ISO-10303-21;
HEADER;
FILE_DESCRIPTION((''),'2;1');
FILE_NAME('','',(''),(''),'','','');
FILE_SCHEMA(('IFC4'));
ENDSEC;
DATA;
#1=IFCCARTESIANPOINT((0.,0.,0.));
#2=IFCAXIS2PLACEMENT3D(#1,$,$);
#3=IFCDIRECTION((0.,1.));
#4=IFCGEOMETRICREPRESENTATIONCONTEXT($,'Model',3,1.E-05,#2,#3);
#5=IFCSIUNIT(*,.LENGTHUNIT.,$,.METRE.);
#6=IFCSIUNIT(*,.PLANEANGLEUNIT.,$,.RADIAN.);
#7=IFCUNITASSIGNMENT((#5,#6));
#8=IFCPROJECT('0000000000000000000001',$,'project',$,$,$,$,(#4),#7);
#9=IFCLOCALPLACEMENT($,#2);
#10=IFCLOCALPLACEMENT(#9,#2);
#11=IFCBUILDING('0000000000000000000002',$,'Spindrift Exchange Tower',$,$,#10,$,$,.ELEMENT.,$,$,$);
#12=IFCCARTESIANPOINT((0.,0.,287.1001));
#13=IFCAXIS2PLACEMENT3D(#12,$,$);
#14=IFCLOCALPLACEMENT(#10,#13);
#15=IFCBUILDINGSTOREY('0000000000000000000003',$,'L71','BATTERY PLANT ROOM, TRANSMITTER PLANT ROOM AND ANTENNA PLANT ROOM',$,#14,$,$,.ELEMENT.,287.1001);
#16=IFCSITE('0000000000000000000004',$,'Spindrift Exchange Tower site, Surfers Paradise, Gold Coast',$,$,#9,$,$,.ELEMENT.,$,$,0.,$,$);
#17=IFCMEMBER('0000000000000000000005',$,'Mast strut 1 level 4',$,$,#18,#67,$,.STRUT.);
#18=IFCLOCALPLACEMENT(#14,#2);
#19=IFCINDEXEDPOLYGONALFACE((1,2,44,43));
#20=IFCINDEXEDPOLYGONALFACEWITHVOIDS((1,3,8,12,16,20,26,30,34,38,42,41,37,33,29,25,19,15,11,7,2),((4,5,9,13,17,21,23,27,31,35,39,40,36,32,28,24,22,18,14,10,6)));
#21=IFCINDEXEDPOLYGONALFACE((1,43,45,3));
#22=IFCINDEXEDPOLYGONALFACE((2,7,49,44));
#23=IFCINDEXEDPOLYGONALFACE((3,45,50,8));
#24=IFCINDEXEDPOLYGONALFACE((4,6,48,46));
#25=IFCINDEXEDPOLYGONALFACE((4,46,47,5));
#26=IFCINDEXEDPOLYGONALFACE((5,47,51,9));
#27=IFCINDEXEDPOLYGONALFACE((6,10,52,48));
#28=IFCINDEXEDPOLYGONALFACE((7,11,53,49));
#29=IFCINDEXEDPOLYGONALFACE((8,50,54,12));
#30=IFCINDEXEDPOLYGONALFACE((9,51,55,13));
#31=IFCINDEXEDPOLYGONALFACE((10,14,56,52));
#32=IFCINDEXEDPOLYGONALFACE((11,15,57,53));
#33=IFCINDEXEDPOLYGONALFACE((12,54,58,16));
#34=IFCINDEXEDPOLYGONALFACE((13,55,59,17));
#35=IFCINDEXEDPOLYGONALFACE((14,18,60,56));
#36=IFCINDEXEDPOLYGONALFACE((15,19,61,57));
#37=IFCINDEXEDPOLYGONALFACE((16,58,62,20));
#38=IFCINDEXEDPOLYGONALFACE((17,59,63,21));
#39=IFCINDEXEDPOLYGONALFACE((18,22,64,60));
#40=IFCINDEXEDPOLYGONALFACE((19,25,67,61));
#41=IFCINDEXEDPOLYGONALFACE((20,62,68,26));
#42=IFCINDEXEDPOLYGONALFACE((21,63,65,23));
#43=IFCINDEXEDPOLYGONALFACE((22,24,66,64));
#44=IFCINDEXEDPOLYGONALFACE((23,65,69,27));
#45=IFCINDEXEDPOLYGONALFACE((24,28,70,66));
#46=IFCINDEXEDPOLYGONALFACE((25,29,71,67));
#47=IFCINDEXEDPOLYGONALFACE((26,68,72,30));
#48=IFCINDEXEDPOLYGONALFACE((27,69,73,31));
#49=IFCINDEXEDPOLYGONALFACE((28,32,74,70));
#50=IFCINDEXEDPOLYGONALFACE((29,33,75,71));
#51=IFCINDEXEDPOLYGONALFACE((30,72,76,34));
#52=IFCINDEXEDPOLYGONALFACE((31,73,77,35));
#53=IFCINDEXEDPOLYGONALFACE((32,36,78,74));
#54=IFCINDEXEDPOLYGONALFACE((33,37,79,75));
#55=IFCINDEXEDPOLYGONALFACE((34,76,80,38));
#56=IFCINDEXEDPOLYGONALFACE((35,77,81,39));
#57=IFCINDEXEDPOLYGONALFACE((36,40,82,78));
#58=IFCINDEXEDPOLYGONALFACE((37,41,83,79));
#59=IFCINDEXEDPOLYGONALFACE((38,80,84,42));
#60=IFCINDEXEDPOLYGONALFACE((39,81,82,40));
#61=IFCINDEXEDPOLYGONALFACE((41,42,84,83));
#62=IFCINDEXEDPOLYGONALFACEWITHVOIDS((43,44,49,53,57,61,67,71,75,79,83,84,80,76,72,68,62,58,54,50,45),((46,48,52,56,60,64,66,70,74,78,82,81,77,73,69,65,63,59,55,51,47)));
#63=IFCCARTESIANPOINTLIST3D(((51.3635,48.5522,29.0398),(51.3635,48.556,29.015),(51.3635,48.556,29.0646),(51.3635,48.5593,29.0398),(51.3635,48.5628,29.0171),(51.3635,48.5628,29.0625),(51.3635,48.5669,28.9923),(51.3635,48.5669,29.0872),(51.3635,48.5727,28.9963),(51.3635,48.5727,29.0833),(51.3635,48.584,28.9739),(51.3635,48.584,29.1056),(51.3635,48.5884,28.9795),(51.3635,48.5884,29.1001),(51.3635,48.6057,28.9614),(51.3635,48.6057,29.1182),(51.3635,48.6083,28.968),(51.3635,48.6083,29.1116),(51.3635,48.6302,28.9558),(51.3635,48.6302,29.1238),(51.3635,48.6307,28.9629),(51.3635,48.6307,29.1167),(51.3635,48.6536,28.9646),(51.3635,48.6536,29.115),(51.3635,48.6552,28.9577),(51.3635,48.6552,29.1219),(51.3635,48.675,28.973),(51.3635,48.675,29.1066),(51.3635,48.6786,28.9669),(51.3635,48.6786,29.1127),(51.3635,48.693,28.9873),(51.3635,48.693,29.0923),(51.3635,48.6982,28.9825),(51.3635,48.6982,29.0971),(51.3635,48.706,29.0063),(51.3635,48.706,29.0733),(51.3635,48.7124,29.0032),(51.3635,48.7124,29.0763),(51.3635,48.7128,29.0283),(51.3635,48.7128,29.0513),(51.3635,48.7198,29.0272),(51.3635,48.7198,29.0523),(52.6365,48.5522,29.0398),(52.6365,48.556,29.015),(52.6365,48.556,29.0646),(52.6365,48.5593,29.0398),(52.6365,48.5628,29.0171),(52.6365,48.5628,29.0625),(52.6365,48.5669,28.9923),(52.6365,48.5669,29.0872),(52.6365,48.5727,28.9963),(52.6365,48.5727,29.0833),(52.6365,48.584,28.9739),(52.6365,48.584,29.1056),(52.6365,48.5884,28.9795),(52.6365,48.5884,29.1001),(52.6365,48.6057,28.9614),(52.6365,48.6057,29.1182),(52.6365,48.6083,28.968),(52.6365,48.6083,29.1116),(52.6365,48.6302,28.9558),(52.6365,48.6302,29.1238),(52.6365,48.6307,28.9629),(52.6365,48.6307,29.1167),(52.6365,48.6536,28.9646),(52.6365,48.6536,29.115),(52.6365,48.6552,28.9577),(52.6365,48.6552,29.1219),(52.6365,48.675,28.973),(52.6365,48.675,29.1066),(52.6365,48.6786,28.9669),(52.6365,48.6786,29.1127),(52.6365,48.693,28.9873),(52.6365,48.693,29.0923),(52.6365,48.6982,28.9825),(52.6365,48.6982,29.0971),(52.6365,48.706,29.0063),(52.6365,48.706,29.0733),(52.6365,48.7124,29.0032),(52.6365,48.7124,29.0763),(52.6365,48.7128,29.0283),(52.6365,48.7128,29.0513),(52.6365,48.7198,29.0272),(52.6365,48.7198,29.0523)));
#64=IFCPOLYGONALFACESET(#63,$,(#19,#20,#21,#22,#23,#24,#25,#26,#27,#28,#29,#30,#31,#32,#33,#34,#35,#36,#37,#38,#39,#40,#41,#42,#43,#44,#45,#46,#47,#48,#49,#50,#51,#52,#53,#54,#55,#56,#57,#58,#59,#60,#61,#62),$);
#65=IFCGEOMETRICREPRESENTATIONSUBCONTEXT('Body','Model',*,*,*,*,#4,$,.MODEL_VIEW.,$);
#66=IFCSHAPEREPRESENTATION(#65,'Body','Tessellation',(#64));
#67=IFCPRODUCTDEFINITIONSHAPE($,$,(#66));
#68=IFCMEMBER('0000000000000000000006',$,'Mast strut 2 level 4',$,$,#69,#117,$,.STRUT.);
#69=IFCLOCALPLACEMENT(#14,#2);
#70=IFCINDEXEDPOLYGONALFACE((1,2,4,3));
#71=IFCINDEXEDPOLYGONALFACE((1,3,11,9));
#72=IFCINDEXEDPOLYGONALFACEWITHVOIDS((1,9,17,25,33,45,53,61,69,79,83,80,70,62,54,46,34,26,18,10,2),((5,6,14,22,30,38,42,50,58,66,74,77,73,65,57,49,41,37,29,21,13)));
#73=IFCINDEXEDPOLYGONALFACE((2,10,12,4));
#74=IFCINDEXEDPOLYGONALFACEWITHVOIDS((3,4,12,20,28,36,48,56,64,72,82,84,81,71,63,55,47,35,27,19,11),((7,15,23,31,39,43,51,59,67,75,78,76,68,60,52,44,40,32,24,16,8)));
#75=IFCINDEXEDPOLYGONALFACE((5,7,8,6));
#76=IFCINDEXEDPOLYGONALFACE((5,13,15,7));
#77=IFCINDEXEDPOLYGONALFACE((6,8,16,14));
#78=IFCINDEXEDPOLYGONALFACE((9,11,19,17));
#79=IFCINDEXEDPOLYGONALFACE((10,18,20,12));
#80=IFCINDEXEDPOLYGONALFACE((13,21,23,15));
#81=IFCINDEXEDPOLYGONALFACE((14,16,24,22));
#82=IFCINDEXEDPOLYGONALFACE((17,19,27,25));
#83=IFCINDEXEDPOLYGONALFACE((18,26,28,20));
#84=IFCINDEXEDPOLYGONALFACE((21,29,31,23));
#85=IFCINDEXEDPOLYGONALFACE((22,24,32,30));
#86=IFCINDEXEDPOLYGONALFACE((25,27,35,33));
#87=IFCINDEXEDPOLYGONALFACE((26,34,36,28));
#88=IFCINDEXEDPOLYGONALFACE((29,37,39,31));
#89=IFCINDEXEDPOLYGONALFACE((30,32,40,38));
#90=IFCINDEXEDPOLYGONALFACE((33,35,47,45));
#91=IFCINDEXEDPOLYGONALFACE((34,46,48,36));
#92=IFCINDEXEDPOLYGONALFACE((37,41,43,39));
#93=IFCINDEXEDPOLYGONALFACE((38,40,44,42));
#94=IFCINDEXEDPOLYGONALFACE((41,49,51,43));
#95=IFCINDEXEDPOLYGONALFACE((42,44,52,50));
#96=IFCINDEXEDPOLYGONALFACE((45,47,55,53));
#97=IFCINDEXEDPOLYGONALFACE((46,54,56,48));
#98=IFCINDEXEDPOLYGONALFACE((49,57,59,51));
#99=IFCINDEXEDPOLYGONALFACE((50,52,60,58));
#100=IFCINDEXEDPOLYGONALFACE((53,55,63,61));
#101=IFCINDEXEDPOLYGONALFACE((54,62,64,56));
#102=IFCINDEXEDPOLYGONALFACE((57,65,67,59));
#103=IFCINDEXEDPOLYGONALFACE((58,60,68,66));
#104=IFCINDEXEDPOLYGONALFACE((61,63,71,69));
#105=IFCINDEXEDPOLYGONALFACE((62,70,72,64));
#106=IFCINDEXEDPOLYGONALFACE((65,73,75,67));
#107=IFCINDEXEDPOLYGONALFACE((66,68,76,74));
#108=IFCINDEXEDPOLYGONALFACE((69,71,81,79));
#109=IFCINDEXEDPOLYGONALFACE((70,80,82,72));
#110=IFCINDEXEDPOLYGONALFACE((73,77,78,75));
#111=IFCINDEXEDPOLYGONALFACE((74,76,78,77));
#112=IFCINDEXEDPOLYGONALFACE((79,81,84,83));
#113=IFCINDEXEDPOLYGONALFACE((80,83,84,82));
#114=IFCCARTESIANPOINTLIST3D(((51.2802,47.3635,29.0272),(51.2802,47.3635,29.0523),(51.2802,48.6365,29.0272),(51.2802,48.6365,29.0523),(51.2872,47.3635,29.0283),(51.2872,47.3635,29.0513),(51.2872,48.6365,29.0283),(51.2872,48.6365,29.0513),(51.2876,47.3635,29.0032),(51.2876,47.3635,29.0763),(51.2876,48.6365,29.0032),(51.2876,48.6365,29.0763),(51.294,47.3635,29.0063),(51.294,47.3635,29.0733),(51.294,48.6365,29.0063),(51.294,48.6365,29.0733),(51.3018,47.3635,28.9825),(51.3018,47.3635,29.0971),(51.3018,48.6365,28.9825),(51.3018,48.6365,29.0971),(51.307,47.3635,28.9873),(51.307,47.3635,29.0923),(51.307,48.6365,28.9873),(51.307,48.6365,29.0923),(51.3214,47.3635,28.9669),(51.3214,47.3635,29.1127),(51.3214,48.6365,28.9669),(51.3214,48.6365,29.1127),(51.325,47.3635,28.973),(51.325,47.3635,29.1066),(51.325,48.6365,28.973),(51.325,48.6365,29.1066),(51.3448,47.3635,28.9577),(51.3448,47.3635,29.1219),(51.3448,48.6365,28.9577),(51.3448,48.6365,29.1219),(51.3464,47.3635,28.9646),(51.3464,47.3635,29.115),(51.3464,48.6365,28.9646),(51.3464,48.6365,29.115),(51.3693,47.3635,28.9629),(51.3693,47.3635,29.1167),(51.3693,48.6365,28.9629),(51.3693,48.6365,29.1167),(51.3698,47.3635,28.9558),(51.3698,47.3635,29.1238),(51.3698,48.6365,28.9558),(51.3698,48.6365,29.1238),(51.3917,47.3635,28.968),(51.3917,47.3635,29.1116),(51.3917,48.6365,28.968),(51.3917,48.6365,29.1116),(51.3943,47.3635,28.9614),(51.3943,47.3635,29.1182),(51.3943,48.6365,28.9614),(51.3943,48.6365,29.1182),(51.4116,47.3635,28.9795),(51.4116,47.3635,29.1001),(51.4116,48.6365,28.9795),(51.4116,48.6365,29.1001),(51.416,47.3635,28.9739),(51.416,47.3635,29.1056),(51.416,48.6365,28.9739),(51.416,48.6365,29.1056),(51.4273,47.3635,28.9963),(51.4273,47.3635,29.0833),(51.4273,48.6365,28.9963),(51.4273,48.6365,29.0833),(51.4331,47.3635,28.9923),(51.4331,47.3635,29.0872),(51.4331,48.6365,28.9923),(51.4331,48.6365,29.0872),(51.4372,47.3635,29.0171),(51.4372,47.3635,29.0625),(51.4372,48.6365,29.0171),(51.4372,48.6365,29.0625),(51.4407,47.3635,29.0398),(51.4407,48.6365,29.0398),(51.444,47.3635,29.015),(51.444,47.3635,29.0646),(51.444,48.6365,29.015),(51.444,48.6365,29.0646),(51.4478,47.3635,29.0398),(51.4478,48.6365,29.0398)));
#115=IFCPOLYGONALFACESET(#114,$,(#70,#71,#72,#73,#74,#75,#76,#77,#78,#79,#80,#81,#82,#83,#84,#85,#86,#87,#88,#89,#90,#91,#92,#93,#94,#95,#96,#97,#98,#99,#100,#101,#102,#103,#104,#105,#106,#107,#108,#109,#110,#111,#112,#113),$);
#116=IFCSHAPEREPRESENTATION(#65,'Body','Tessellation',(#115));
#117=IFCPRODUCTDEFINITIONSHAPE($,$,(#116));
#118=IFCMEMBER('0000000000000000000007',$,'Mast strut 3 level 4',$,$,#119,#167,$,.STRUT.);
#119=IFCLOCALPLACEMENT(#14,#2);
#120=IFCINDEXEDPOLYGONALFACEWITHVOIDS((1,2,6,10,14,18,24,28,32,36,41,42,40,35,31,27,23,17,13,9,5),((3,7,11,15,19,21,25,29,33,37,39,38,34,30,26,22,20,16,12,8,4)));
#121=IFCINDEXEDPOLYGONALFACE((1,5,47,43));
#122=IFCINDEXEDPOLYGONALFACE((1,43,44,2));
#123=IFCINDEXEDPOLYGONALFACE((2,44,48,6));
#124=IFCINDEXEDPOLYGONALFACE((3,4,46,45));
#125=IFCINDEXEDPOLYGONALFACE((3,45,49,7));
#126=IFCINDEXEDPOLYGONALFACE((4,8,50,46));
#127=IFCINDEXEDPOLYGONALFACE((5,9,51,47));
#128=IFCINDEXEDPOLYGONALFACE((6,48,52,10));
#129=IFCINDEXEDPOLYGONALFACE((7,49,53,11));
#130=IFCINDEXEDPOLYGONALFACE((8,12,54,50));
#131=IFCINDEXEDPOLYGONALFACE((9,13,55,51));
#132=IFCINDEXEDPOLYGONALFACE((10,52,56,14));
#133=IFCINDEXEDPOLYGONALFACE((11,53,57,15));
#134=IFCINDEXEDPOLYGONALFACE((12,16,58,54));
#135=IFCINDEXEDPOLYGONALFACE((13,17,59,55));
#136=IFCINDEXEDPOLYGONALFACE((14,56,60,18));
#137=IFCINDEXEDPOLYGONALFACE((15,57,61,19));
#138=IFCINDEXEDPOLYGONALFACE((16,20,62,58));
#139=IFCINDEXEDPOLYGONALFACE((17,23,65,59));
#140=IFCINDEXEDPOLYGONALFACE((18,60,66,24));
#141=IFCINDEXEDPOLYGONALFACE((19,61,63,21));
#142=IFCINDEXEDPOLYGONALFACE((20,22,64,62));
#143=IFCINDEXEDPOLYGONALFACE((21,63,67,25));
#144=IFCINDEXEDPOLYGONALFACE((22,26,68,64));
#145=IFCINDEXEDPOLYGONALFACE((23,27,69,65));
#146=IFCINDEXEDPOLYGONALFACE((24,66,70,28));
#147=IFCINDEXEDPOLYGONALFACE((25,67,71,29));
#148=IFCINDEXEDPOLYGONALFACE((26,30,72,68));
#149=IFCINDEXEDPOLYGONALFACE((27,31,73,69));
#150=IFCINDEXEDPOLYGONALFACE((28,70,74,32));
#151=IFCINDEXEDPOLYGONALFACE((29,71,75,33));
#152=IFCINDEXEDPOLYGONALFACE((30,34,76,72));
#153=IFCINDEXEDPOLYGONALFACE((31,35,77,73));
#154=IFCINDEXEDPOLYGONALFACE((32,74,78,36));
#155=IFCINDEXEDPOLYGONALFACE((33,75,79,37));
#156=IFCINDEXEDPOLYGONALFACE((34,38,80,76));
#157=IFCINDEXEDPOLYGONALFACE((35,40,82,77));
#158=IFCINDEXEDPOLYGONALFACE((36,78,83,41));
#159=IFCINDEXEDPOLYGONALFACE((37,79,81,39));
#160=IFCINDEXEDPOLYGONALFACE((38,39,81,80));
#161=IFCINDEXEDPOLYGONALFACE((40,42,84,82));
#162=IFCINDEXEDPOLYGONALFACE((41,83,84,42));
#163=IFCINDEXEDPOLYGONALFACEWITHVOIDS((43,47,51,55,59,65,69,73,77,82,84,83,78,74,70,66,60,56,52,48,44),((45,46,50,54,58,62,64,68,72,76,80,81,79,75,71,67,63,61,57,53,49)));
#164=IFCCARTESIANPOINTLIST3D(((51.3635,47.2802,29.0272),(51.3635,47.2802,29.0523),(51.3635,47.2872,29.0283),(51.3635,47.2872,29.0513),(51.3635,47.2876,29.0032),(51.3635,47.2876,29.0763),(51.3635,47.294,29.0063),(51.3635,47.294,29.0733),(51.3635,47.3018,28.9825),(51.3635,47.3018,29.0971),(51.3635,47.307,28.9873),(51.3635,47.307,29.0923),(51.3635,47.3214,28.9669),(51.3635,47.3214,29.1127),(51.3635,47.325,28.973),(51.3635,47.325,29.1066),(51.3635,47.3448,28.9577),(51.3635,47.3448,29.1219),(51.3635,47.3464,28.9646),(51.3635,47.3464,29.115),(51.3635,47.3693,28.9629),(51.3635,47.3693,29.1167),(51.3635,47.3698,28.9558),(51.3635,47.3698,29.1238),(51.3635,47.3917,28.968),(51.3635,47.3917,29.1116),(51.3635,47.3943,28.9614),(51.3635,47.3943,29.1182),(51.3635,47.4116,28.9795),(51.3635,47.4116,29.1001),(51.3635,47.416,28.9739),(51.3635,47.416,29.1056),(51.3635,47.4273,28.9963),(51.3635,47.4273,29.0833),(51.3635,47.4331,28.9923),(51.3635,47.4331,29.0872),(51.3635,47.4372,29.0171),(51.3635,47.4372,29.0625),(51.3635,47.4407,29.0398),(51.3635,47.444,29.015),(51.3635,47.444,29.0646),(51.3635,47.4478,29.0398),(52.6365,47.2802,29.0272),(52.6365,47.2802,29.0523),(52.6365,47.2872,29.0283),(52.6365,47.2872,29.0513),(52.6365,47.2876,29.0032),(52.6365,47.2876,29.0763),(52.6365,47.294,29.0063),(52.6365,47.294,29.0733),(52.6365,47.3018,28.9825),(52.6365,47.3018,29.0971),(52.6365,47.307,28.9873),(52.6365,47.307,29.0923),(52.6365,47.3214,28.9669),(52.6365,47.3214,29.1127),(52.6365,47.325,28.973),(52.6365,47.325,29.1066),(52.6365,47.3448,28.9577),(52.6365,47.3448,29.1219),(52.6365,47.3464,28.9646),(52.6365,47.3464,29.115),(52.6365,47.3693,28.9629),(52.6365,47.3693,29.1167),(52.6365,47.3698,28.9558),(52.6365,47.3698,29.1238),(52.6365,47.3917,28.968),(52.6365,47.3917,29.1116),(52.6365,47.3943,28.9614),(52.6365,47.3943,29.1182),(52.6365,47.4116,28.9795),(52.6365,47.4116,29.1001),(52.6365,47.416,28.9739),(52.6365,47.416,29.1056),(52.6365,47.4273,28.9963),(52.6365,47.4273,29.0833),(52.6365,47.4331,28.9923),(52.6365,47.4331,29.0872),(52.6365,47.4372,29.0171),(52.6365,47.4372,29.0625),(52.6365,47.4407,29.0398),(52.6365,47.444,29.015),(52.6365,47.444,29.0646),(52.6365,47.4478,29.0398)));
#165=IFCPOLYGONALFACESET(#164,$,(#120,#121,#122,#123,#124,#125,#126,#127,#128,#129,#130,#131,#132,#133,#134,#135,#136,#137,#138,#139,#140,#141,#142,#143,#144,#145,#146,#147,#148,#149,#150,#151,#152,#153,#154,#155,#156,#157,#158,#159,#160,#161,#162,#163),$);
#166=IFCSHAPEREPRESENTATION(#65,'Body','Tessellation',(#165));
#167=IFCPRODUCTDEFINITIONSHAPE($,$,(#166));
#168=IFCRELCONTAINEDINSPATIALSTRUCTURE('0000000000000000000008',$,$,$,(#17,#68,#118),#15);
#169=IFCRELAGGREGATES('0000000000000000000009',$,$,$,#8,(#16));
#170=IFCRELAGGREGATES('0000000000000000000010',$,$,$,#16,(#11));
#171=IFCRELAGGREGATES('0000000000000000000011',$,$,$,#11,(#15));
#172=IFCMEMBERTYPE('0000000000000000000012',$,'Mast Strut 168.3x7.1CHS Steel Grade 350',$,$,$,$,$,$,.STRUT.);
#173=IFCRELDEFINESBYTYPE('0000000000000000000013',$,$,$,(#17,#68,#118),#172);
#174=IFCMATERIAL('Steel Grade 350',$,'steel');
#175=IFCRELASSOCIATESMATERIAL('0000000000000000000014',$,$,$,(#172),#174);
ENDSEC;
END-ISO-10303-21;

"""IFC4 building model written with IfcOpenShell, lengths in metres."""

from ifc_helpers import new_model, si_unit, direction, frame, origin, origin_2d, place, context, subcontext, project, spatial, hollow_circle, extrude, source, transform, mapped, material, material_profile, profile_set, type_object, element, save


model = new_model("IFC4")

# Units and contexts
model_context = context("Model", 3, precision=1e-05, world=origin(), true_north=direction((0.0, 1.0)))
body_context = subcontext(model_context, "Body", "Model", "MODEL_VIEW")
ifc_project = project(units=[si_unit("LENGTHUNIT", "METRE"), si_unit("PLANEANGLEUNIT", "RADIAN")], contexts=[model_context])

# Site, building, storey
site_placement = place(None, origin())
site = spatial("IfcSite", under=ifc_project, at=site_placement, Name="Spindrift Exchange Tower site, Surfers Paradise, Gold Coast", CompositionType="ELEMENT", RefElevation=0.0)
building_placement = place(site_placement, origin())
building = spatial("IfcBuilding", under=site, at=building_placement, Name="Spindrift Exchange Tower", CompositionType="ELEMENT")
storey_placement = place(building_placement, frame((0.0, 0.0, 287.1001)))
storey = spatial("IfcBuildingStorey", under=building, at=storey_placement, Name="L71", Description="BATTERY PLANT ROOM, TRANSMITTER PLANT ROOM AND ANTENNA PLANT ROOM", CompositionType="ELEMENT", Elevation=287.1001)

# Members
ifc_material = material(Name="Steel Grade 350", Category="steel")
ifc_material_profile_1 = material_profile(ifc_material, hollow_circle(Radius=0.0842, WallThickness=0.0071, at=origin_2d()), Name="168.3x7.1CHS")
ifc_profile_set_1 = profile_set([ifc_material_profile_1], Name="Steel Grade 350")
member_type_1 = type_object("IfcMemberType", Name="Mast Strut 168.3x7.1CHS Steel Grade 350", PredefinedType="STRUT", material=ifc_profile_set_1)
shared_shape_1 = source(origin(), body_context, "Body", "SweptSolid", [
    extrude(hollow_circle(Radius=0.0842, WallThickness=0.0071, at=origin_2d()), origin(), (0.0, 0.0, 1.0), 1.2729),
])
for number, where, z_axis, x_axis, name in (
    (1, (52.6365, 48.6365, 29.0398), (-1.0, 0.0, 0.0), (0.0, -1.0, 0.0), "Mast strut 1 level 4"),
    (2, (51.3635, 48.6365, 29.0398), (0.0, -1.0, 0.0), (1.0, 0.0, 0.0), "Mast strut 2 level 4"),
    (3, (51.3635, 47.3635, 29.0398), (1.0, 0.0, 0.0), (0.0, 1.0, 0.0), "Mast strut 3 level 4"),
):
    element("IfcMember", number, at=place(storey_placement, frame(where, z_axis=z_axis, x_axis=x_axis)), inside=storey, type_object=member_type_1, Name=name, PredefinedType="STRUT", context=body_context, shape_type="MappedRepresentation", body=[
        mapped(shared_shape_1, transform((0.0, 0.0, 0.0), scale=1.0)),
    ])

save(model, "model.ifc")
